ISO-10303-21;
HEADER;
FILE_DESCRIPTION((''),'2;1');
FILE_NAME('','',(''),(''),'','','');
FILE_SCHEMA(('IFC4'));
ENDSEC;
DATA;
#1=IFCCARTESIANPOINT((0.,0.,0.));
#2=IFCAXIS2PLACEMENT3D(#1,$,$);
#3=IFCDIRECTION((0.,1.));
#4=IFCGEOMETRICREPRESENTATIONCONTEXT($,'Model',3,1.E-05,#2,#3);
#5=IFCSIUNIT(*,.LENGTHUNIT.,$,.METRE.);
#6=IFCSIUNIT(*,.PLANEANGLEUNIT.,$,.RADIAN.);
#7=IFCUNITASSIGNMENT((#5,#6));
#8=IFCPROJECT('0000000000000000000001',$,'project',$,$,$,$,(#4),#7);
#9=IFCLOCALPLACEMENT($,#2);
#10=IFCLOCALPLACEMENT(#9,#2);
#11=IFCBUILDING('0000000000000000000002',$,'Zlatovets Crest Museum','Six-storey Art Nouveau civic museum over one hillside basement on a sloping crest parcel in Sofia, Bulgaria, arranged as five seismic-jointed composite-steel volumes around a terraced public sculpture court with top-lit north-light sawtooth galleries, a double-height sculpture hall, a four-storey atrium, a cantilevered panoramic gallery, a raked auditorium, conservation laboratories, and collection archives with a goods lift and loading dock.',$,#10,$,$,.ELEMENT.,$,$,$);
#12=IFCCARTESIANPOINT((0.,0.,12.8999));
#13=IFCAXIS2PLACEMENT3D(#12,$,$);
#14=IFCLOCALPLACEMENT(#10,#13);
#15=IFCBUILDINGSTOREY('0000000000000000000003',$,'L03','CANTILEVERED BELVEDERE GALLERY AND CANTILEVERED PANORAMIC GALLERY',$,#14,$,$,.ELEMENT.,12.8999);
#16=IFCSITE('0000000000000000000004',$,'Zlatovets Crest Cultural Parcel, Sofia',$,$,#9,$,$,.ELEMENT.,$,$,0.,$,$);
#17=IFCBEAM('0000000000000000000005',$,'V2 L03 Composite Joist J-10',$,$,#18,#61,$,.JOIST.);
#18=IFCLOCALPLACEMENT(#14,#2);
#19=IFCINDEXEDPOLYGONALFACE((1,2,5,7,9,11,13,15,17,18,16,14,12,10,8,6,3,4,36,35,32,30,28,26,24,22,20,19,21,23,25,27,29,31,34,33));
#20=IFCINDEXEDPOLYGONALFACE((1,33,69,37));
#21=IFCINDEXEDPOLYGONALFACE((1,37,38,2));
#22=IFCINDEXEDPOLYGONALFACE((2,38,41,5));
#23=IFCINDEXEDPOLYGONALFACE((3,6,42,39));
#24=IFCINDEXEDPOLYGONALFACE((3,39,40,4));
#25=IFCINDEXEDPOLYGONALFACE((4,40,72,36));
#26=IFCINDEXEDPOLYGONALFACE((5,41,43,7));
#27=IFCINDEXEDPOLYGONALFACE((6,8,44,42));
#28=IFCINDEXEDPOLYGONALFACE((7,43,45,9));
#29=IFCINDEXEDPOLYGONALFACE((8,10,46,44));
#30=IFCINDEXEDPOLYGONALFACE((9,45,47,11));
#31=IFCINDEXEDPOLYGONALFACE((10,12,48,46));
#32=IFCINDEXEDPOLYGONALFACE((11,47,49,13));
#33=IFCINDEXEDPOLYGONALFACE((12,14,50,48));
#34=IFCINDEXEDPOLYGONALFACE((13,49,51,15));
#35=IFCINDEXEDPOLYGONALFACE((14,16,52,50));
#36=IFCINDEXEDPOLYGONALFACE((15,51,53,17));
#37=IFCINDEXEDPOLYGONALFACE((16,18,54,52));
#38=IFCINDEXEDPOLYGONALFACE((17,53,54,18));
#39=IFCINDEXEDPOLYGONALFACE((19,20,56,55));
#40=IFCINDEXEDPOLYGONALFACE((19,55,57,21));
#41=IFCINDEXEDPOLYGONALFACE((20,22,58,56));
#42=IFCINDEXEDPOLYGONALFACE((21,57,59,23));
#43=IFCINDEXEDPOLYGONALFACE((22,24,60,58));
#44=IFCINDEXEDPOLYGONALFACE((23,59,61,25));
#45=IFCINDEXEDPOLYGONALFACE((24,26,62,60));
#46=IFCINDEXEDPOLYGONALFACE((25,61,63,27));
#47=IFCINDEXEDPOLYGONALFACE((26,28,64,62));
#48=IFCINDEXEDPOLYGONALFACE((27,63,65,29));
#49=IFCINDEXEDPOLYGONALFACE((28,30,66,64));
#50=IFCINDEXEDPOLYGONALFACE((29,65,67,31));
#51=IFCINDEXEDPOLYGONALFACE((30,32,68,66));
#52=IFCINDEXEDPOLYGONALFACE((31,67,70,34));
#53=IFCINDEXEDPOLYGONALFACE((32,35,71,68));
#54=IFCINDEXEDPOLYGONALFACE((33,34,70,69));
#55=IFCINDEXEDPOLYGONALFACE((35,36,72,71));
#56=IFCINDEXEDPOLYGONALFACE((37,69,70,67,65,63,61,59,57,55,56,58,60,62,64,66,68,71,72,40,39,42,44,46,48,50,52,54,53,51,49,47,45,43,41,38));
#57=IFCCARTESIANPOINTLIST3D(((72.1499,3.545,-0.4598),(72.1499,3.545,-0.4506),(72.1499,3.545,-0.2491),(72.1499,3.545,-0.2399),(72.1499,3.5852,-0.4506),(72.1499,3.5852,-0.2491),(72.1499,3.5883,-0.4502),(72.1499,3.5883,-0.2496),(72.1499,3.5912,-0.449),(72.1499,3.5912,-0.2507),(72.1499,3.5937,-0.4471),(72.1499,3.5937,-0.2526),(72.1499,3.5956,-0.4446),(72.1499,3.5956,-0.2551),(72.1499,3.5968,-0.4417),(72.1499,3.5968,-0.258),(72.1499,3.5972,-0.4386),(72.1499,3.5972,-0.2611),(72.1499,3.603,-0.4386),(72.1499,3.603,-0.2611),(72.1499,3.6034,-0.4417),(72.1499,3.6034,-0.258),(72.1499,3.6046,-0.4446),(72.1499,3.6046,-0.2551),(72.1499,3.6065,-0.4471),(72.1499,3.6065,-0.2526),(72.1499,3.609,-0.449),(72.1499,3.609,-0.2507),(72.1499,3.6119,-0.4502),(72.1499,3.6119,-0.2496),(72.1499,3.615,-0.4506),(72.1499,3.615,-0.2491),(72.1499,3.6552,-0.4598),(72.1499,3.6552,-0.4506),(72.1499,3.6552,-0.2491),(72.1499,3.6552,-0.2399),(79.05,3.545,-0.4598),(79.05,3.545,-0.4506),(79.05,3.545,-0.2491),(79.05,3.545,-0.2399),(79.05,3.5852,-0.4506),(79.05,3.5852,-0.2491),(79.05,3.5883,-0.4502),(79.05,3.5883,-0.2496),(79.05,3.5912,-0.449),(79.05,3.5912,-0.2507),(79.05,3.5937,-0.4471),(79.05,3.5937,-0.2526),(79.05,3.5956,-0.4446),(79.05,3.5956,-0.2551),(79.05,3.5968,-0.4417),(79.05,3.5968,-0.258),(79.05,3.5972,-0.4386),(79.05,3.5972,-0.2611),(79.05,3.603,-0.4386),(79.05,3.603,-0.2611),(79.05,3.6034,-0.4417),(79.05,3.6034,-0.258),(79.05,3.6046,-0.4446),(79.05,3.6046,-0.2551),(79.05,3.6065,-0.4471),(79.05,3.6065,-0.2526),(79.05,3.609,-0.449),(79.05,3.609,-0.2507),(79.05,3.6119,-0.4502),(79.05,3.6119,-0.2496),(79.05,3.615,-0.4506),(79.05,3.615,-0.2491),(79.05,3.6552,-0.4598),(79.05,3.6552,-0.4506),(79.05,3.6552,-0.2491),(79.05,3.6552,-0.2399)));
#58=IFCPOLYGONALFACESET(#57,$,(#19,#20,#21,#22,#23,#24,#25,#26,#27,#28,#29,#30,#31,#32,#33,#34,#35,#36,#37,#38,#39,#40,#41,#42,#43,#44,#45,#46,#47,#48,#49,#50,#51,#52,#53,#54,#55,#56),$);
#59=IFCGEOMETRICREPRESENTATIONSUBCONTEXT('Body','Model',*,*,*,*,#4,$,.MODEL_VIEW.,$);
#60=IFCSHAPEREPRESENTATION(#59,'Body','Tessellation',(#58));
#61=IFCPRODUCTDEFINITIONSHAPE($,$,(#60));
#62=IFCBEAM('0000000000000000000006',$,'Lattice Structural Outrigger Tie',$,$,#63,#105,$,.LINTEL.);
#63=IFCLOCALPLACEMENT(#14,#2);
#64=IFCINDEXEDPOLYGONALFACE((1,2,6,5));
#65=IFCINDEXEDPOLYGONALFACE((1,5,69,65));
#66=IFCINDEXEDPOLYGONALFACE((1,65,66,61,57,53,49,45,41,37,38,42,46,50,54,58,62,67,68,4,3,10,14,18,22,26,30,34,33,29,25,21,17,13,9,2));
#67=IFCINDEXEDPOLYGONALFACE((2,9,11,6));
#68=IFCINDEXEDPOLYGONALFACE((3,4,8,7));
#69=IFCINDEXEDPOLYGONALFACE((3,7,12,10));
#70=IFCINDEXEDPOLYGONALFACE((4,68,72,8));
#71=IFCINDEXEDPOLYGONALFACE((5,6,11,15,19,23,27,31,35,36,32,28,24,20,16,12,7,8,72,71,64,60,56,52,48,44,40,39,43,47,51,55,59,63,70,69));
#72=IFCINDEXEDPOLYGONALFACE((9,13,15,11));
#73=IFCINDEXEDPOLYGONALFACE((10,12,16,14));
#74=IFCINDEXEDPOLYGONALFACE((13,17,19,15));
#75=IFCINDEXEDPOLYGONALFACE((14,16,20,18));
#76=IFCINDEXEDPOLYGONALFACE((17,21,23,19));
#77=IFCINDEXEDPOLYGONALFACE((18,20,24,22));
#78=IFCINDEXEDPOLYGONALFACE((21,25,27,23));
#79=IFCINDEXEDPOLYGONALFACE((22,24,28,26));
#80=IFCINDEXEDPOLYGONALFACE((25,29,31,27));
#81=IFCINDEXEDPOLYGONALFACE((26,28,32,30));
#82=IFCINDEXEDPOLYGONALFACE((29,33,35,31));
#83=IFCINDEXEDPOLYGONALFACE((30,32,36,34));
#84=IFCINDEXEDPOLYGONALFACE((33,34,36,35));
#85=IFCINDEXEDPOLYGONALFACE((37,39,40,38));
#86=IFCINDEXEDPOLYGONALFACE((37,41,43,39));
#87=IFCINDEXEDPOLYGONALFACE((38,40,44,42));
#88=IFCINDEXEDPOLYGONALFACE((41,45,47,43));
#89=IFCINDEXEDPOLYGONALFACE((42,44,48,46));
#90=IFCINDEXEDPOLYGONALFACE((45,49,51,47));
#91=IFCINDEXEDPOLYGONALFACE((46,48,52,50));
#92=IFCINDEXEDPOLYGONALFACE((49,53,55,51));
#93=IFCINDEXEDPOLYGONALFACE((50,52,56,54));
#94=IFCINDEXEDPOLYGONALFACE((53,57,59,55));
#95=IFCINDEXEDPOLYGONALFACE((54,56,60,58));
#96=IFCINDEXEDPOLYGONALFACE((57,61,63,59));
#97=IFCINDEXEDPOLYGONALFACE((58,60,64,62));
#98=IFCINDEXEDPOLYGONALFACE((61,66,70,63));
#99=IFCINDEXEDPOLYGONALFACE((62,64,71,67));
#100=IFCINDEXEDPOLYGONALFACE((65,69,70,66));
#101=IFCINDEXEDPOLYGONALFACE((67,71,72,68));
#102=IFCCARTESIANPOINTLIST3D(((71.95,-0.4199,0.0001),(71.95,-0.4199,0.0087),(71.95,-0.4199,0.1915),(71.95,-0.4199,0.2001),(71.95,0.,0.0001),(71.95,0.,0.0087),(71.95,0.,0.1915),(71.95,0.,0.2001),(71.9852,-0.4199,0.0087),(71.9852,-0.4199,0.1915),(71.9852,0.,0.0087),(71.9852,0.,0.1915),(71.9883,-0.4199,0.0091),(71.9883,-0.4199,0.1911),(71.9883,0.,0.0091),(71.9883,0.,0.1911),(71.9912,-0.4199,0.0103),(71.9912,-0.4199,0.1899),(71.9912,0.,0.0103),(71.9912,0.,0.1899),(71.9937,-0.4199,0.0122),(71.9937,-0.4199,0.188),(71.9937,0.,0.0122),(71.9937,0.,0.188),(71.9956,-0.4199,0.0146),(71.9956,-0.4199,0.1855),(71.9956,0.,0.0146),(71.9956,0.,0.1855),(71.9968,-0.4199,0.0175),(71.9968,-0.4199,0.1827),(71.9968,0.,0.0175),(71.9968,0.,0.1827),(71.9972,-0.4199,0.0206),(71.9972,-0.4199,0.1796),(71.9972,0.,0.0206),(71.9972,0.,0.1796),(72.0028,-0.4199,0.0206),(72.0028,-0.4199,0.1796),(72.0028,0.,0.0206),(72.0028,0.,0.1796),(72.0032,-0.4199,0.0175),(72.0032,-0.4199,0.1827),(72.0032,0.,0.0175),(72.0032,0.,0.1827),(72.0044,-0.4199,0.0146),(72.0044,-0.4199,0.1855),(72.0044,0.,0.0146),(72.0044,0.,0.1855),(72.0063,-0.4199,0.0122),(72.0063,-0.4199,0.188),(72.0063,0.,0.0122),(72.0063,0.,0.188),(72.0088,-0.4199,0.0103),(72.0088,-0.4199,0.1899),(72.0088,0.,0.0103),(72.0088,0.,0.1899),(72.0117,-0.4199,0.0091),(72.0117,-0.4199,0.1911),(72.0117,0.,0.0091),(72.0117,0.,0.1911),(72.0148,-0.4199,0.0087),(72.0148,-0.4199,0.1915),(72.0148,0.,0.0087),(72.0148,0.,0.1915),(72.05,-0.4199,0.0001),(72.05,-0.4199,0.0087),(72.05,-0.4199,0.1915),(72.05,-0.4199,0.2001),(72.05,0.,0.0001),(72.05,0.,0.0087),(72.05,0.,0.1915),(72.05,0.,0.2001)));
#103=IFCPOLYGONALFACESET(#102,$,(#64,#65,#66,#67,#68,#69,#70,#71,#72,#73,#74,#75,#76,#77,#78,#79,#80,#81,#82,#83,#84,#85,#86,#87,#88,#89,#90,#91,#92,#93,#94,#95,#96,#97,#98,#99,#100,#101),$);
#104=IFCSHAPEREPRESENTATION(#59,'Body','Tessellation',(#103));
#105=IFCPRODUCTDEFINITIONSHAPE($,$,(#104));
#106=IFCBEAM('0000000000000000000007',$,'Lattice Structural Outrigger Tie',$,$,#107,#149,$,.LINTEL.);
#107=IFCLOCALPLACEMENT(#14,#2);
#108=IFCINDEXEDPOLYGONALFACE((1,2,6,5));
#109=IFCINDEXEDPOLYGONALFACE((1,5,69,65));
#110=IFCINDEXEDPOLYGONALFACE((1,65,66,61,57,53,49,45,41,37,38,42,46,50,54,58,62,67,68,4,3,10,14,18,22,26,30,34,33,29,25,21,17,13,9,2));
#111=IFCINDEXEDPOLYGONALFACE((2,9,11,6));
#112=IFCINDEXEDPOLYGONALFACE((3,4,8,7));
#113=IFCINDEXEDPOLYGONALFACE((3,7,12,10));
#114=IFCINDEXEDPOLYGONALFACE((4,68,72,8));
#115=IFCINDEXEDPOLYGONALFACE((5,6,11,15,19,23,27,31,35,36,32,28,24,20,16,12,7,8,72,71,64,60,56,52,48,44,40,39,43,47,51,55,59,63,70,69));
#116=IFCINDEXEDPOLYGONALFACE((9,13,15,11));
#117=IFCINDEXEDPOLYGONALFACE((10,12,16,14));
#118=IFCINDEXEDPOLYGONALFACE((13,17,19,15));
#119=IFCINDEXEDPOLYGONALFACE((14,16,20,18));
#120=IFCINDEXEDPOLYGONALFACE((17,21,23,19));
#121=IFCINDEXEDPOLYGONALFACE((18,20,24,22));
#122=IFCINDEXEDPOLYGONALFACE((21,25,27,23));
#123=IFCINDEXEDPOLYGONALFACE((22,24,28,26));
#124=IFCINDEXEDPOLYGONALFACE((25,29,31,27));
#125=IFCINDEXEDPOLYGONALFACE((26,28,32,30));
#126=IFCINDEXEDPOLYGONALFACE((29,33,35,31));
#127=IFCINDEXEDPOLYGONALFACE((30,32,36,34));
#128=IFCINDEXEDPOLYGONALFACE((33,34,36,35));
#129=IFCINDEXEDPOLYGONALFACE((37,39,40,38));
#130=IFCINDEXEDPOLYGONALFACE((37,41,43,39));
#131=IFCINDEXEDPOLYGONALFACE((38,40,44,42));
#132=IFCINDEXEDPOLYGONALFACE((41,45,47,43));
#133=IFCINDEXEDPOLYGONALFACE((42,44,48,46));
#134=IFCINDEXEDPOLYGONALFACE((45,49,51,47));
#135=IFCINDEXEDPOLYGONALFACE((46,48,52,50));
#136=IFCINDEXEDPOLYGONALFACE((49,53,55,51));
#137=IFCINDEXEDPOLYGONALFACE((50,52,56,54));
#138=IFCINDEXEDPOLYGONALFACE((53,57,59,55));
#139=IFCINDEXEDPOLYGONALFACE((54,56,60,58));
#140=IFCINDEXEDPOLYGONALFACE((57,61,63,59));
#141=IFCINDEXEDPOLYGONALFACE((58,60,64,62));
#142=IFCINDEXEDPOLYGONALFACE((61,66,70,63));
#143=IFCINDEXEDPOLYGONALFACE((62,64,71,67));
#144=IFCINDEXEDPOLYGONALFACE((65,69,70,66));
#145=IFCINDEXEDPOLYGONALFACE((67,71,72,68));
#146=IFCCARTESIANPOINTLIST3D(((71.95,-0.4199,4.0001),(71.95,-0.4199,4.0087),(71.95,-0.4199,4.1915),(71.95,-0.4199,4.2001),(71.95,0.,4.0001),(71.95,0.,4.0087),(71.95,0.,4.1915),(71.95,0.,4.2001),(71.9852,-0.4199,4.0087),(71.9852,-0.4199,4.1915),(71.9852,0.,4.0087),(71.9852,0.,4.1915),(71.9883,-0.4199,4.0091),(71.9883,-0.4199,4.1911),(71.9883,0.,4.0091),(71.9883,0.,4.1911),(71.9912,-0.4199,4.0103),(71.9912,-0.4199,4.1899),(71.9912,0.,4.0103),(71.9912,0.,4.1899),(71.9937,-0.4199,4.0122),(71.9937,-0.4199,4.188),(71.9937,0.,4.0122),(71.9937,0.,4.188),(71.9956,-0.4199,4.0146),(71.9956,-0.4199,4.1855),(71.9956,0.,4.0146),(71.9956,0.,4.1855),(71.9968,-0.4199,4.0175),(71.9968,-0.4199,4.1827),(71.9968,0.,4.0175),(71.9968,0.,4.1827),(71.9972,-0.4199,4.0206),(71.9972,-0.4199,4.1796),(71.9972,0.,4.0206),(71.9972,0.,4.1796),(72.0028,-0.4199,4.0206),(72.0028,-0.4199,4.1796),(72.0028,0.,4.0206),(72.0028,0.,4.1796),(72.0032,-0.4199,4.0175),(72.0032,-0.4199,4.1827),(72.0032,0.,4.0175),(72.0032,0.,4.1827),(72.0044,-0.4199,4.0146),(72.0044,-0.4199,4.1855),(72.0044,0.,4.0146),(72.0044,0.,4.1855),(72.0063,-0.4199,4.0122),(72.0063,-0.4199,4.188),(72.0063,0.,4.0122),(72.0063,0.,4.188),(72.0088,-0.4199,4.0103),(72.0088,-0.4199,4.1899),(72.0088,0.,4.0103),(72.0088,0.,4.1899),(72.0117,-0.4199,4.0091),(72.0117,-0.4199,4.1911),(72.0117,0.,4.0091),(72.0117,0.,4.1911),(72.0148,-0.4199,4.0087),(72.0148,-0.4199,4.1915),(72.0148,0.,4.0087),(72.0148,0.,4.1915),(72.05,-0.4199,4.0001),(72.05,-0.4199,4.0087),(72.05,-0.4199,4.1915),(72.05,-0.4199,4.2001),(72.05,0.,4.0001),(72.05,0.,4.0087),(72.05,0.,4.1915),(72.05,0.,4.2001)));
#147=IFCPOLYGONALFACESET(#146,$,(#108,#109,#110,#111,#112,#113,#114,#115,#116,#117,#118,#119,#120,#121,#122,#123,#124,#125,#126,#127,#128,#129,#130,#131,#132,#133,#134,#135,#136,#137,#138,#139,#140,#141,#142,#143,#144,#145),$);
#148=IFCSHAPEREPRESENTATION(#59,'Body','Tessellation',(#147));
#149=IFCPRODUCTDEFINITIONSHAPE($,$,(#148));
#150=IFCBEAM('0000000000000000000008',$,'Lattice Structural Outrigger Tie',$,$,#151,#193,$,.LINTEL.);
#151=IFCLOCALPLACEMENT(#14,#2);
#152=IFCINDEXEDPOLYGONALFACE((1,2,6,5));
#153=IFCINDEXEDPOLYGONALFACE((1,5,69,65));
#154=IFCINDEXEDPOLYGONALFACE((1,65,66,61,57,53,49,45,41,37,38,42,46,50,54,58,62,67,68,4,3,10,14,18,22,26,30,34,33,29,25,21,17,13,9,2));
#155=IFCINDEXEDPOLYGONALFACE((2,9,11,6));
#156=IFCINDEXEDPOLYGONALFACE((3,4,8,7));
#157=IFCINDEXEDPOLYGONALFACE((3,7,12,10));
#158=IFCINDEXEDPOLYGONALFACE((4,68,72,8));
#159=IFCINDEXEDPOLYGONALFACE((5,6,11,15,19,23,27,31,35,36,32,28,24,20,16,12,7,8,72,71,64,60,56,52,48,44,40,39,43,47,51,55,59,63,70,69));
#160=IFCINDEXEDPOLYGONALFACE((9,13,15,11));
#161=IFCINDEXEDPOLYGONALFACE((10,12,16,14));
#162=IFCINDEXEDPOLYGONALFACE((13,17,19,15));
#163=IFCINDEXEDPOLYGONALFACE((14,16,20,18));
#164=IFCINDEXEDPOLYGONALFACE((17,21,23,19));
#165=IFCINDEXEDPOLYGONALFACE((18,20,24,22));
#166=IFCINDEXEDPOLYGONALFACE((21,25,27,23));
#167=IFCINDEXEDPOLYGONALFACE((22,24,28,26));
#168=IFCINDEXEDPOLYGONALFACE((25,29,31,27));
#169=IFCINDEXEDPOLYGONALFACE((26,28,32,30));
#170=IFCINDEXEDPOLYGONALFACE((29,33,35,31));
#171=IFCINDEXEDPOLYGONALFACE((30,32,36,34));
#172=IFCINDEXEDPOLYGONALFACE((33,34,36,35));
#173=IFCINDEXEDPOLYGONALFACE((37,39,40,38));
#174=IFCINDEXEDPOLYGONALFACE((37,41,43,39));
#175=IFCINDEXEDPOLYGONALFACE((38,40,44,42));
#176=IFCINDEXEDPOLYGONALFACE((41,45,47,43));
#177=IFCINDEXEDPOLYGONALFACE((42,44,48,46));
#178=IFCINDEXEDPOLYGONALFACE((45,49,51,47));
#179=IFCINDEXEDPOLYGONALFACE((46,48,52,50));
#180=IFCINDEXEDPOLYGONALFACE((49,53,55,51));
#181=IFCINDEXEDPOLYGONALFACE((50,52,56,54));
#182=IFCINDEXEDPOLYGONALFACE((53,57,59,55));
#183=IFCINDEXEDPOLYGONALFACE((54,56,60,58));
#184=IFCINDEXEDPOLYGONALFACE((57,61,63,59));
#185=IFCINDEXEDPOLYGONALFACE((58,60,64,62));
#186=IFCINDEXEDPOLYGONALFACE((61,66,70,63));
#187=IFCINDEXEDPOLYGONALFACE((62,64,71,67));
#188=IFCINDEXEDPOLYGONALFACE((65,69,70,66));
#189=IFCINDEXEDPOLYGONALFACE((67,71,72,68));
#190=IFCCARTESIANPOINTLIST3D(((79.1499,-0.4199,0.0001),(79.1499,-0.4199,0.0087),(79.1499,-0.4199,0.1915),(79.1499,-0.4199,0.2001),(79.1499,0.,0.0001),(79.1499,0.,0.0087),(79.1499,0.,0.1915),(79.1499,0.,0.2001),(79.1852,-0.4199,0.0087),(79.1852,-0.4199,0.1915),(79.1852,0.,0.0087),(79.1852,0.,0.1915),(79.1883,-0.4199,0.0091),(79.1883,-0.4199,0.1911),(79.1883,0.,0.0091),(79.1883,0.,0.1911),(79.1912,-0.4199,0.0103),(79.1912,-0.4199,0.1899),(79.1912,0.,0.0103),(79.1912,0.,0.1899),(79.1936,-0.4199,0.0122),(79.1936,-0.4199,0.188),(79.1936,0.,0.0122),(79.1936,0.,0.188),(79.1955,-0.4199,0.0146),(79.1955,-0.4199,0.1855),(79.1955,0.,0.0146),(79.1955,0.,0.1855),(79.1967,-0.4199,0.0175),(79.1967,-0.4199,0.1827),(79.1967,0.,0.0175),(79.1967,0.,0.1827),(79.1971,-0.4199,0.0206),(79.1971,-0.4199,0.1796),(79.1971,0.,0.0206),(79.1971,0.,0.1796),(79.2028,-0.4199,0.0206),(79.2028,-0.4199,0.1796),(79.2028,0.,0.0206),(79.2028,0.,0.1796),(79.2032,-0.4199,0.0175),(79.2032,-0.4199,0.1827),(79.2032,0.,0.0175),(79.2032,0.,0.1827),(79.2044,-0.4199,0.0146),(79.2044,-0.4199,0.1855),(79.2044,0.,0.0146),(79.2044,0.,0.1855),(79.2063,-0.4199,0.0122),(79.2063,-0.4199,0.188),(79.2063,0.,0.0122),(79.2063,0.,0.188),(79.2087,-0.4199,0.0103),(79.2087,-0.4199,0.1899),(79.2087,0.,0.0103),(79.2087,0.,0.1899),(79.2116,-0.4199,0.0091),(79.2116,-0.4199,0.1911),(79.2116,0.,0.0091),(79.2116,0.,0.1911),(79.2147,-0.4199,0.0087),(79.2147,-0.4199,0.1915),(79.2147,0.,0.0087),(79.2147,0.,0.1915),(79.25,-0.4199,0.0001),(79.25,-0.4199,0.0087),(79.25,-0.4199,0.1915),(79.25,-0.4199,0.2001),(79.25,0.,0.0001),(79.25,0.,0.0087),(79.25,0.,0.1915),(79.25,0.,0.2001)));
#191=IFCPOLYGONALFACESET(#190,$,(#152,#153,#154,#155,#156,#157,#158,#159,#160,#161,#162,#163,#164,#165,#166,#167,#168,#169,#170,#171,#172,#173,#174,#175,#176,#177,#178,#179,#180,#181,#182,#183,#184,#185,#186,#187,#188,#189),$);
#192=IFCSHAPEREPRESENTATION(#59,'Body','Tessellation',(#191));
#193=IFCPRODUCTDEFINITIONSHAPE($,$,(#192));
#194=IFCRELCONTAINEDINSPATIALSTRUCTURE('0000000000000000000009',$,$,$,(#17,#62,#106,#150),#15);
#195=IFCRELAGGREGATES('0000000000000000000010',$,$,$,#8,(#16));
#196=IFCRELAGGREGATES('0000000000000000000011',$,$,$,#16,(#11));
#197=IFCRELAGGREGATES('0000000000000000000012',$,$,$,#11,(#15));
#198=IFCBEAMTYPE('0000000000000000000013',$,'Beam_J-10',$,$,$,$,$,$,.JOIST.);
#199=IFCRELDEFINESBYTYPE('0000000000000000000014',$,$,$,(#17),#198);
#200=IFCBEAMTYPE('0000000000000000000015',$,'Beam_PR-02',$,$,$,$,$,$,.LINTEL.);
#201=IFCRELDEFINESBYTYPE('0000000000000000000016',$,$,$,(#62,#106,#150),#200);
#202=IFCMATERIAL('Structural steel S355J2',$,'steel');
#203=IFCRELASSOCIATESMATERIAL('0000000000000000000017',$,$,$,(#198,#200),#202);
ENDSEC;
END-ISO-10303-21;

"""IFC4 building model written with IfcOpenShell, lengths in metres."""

from ifc_helpers import new_model, si_unit, direction, frame, origin, origin_2d, place, context, subcontext, project, spatial, i_section, extrude, material, material_profile, profile_set, type_object, element, save


model = new_model("IFC4")

# Units and contexts
model_context = context("Model", 3, precision=1e-05, world=origin(), true_north=direction((0.0, 1.0)))
body_context = subcontext(model_context, "Body", "Model", "MODEL_VIEW")
ifc_project = project(units=[si_unit("LENGTHUNIT", "METRE"), si_unit("PLANEANGLEUNIT", "RADIAN")], contexts=[model_context])

# Site, building, storey
site_placement = place(None, origin())
site = spatial("IfcSite", under=ifc_project, at=site_placement, Name="Zlatovets Crest Cultural Parcel, Sofia", CompositionType="ELEMENT", RefElevation=0.0)
building_placement = place(site_placement, origin())
building = spatial("IfcBuilding", under=site, at=building_placement, Name="Zlatovets Crest Museum", Description="Six-storey Art Nouveau civic museum over one hillside basement on a sloping crest parcel in Sofia, Bulgaria, arranged as five seismic-jointed composite-steel volumes around a terraced public sculpture court with top-lit north-light sawtooth galleries, a double-height sculpture hall, a four-storey atrium, a cantilevered panoramic gallery, a raked auditorium, conservation laboratories, and collection archives with a goods lift and loading dock.", CompositionType="ELEMENT")
storey_placement = place(building_placement, frame((0.0, 0.0, 12.8999)))
storey = spatial("IfcBuildingStorey", under=building, at=storey_placement, Name="L03", Description="CANTILEVERED BELVEDERE GALLERY AND CANTILEVERED PANORAMIC GALLERY", CompositionType="ELEMENT", Elevation=12.8999)

# Shared definitions
ifc_material_1 = material(Name="Structural steel S355J2", Category="steel")

# Beams
ifc_material_profile_1 = material_profile(ifc_material_1, i_section(OverallWidth=0.1101, OverallDepth=0.22, WebThickness=0.0059, FlangeThickness=0.0093, FilletRadius=0.012, at=origin_2d()), Name="IPE 220")
ifc_profile_set_1 = profile_set([ifc_material_profile_1], Name="Structural steel S355J2")
beam_type_1 = type_object("IfcBeamType", Name="Beam_J-10", PredefinedType="JOIST", material=ifc_profile_set_1)
beam_placement = place(storey_placement, frame((72.1499, 3.6001, -0.3499), z_axis=(1.0, 0.0, 0.0), x_axis=(0.0, 1.0, 0.0)))
element("IfcBeam", 1, at=beam_placement, inside=storey, type_object=beam_type_1, Name="V2 L03 Composite Joist J-10", PredefinedType="JOIST", context=body_context, shape_type="SweptSolid", body=[
    extrude(i_section(OverallWidth=0.1101, OverallDepth=0.22, WebThickness=0.0059, FlangeThickness=0.0093, FilletRadius=0.012, at=origin_2d()), origin(), (0.0, 0.0, 1.0), 6.9001),
])
ifc_material_profile_2 = material_profile(ifc_material_1, i_section(OverallWidth=0.1001, OverallDepth=0.2, WebThickness=0.0056, FlangeThickness=0.0085, FilletRadius=0.012, at=origin_2d()), Name="IPE 200")
ifc_profile_set_2 = profile_set([ifc_material_profile_2], Name="Structural steel S355J2")
beam_type_2 = type_object("IfcBeamType", Name="Beam_PR-02", PredefinedType="LINTEL", material=ifc_profile_set_2)
for number, where, z_axis, x_axis, name in (
    (2, (72.0, 0.0, 0.1001), (0.0, -1.0, 0.0), (1.0, 0.0, 0.0), "Lattice Structural Outrigger Tie"),
    (3, (72.0, 0.0, 4.1001), (0.0, -1.0, 0.0), (1.0, 0.0, 0.0), "Lattice Structural Outrigger Tie"),
    (4, (79.2, 0.0, 0.1001), (0.0, -1.0, 0.0), (1.0, 0.0, 0.0), "Lattice Structural Outrigger Tie"),
):
    element("IfcBeam", number, at=place(storey_placement, frame(where, z_axis=z_axis, x_axis=x_axis)), inside=storey, type_object=beam_type_2, Name=name, PredefinedType="LINTEL", context=body_context, shape_type="SweptSolid", body=[
        extrude(i_section(OverallWidth=0.1001, OverallDepth=0.2, WebThickness=0.0056, FlangeThickness=0.0085, FilletRadius=0.012, at=origin_2d()), origin(), (0.0, 0.0, 1.0), 0.4199),
    ])

save(model, "model.ifc")
